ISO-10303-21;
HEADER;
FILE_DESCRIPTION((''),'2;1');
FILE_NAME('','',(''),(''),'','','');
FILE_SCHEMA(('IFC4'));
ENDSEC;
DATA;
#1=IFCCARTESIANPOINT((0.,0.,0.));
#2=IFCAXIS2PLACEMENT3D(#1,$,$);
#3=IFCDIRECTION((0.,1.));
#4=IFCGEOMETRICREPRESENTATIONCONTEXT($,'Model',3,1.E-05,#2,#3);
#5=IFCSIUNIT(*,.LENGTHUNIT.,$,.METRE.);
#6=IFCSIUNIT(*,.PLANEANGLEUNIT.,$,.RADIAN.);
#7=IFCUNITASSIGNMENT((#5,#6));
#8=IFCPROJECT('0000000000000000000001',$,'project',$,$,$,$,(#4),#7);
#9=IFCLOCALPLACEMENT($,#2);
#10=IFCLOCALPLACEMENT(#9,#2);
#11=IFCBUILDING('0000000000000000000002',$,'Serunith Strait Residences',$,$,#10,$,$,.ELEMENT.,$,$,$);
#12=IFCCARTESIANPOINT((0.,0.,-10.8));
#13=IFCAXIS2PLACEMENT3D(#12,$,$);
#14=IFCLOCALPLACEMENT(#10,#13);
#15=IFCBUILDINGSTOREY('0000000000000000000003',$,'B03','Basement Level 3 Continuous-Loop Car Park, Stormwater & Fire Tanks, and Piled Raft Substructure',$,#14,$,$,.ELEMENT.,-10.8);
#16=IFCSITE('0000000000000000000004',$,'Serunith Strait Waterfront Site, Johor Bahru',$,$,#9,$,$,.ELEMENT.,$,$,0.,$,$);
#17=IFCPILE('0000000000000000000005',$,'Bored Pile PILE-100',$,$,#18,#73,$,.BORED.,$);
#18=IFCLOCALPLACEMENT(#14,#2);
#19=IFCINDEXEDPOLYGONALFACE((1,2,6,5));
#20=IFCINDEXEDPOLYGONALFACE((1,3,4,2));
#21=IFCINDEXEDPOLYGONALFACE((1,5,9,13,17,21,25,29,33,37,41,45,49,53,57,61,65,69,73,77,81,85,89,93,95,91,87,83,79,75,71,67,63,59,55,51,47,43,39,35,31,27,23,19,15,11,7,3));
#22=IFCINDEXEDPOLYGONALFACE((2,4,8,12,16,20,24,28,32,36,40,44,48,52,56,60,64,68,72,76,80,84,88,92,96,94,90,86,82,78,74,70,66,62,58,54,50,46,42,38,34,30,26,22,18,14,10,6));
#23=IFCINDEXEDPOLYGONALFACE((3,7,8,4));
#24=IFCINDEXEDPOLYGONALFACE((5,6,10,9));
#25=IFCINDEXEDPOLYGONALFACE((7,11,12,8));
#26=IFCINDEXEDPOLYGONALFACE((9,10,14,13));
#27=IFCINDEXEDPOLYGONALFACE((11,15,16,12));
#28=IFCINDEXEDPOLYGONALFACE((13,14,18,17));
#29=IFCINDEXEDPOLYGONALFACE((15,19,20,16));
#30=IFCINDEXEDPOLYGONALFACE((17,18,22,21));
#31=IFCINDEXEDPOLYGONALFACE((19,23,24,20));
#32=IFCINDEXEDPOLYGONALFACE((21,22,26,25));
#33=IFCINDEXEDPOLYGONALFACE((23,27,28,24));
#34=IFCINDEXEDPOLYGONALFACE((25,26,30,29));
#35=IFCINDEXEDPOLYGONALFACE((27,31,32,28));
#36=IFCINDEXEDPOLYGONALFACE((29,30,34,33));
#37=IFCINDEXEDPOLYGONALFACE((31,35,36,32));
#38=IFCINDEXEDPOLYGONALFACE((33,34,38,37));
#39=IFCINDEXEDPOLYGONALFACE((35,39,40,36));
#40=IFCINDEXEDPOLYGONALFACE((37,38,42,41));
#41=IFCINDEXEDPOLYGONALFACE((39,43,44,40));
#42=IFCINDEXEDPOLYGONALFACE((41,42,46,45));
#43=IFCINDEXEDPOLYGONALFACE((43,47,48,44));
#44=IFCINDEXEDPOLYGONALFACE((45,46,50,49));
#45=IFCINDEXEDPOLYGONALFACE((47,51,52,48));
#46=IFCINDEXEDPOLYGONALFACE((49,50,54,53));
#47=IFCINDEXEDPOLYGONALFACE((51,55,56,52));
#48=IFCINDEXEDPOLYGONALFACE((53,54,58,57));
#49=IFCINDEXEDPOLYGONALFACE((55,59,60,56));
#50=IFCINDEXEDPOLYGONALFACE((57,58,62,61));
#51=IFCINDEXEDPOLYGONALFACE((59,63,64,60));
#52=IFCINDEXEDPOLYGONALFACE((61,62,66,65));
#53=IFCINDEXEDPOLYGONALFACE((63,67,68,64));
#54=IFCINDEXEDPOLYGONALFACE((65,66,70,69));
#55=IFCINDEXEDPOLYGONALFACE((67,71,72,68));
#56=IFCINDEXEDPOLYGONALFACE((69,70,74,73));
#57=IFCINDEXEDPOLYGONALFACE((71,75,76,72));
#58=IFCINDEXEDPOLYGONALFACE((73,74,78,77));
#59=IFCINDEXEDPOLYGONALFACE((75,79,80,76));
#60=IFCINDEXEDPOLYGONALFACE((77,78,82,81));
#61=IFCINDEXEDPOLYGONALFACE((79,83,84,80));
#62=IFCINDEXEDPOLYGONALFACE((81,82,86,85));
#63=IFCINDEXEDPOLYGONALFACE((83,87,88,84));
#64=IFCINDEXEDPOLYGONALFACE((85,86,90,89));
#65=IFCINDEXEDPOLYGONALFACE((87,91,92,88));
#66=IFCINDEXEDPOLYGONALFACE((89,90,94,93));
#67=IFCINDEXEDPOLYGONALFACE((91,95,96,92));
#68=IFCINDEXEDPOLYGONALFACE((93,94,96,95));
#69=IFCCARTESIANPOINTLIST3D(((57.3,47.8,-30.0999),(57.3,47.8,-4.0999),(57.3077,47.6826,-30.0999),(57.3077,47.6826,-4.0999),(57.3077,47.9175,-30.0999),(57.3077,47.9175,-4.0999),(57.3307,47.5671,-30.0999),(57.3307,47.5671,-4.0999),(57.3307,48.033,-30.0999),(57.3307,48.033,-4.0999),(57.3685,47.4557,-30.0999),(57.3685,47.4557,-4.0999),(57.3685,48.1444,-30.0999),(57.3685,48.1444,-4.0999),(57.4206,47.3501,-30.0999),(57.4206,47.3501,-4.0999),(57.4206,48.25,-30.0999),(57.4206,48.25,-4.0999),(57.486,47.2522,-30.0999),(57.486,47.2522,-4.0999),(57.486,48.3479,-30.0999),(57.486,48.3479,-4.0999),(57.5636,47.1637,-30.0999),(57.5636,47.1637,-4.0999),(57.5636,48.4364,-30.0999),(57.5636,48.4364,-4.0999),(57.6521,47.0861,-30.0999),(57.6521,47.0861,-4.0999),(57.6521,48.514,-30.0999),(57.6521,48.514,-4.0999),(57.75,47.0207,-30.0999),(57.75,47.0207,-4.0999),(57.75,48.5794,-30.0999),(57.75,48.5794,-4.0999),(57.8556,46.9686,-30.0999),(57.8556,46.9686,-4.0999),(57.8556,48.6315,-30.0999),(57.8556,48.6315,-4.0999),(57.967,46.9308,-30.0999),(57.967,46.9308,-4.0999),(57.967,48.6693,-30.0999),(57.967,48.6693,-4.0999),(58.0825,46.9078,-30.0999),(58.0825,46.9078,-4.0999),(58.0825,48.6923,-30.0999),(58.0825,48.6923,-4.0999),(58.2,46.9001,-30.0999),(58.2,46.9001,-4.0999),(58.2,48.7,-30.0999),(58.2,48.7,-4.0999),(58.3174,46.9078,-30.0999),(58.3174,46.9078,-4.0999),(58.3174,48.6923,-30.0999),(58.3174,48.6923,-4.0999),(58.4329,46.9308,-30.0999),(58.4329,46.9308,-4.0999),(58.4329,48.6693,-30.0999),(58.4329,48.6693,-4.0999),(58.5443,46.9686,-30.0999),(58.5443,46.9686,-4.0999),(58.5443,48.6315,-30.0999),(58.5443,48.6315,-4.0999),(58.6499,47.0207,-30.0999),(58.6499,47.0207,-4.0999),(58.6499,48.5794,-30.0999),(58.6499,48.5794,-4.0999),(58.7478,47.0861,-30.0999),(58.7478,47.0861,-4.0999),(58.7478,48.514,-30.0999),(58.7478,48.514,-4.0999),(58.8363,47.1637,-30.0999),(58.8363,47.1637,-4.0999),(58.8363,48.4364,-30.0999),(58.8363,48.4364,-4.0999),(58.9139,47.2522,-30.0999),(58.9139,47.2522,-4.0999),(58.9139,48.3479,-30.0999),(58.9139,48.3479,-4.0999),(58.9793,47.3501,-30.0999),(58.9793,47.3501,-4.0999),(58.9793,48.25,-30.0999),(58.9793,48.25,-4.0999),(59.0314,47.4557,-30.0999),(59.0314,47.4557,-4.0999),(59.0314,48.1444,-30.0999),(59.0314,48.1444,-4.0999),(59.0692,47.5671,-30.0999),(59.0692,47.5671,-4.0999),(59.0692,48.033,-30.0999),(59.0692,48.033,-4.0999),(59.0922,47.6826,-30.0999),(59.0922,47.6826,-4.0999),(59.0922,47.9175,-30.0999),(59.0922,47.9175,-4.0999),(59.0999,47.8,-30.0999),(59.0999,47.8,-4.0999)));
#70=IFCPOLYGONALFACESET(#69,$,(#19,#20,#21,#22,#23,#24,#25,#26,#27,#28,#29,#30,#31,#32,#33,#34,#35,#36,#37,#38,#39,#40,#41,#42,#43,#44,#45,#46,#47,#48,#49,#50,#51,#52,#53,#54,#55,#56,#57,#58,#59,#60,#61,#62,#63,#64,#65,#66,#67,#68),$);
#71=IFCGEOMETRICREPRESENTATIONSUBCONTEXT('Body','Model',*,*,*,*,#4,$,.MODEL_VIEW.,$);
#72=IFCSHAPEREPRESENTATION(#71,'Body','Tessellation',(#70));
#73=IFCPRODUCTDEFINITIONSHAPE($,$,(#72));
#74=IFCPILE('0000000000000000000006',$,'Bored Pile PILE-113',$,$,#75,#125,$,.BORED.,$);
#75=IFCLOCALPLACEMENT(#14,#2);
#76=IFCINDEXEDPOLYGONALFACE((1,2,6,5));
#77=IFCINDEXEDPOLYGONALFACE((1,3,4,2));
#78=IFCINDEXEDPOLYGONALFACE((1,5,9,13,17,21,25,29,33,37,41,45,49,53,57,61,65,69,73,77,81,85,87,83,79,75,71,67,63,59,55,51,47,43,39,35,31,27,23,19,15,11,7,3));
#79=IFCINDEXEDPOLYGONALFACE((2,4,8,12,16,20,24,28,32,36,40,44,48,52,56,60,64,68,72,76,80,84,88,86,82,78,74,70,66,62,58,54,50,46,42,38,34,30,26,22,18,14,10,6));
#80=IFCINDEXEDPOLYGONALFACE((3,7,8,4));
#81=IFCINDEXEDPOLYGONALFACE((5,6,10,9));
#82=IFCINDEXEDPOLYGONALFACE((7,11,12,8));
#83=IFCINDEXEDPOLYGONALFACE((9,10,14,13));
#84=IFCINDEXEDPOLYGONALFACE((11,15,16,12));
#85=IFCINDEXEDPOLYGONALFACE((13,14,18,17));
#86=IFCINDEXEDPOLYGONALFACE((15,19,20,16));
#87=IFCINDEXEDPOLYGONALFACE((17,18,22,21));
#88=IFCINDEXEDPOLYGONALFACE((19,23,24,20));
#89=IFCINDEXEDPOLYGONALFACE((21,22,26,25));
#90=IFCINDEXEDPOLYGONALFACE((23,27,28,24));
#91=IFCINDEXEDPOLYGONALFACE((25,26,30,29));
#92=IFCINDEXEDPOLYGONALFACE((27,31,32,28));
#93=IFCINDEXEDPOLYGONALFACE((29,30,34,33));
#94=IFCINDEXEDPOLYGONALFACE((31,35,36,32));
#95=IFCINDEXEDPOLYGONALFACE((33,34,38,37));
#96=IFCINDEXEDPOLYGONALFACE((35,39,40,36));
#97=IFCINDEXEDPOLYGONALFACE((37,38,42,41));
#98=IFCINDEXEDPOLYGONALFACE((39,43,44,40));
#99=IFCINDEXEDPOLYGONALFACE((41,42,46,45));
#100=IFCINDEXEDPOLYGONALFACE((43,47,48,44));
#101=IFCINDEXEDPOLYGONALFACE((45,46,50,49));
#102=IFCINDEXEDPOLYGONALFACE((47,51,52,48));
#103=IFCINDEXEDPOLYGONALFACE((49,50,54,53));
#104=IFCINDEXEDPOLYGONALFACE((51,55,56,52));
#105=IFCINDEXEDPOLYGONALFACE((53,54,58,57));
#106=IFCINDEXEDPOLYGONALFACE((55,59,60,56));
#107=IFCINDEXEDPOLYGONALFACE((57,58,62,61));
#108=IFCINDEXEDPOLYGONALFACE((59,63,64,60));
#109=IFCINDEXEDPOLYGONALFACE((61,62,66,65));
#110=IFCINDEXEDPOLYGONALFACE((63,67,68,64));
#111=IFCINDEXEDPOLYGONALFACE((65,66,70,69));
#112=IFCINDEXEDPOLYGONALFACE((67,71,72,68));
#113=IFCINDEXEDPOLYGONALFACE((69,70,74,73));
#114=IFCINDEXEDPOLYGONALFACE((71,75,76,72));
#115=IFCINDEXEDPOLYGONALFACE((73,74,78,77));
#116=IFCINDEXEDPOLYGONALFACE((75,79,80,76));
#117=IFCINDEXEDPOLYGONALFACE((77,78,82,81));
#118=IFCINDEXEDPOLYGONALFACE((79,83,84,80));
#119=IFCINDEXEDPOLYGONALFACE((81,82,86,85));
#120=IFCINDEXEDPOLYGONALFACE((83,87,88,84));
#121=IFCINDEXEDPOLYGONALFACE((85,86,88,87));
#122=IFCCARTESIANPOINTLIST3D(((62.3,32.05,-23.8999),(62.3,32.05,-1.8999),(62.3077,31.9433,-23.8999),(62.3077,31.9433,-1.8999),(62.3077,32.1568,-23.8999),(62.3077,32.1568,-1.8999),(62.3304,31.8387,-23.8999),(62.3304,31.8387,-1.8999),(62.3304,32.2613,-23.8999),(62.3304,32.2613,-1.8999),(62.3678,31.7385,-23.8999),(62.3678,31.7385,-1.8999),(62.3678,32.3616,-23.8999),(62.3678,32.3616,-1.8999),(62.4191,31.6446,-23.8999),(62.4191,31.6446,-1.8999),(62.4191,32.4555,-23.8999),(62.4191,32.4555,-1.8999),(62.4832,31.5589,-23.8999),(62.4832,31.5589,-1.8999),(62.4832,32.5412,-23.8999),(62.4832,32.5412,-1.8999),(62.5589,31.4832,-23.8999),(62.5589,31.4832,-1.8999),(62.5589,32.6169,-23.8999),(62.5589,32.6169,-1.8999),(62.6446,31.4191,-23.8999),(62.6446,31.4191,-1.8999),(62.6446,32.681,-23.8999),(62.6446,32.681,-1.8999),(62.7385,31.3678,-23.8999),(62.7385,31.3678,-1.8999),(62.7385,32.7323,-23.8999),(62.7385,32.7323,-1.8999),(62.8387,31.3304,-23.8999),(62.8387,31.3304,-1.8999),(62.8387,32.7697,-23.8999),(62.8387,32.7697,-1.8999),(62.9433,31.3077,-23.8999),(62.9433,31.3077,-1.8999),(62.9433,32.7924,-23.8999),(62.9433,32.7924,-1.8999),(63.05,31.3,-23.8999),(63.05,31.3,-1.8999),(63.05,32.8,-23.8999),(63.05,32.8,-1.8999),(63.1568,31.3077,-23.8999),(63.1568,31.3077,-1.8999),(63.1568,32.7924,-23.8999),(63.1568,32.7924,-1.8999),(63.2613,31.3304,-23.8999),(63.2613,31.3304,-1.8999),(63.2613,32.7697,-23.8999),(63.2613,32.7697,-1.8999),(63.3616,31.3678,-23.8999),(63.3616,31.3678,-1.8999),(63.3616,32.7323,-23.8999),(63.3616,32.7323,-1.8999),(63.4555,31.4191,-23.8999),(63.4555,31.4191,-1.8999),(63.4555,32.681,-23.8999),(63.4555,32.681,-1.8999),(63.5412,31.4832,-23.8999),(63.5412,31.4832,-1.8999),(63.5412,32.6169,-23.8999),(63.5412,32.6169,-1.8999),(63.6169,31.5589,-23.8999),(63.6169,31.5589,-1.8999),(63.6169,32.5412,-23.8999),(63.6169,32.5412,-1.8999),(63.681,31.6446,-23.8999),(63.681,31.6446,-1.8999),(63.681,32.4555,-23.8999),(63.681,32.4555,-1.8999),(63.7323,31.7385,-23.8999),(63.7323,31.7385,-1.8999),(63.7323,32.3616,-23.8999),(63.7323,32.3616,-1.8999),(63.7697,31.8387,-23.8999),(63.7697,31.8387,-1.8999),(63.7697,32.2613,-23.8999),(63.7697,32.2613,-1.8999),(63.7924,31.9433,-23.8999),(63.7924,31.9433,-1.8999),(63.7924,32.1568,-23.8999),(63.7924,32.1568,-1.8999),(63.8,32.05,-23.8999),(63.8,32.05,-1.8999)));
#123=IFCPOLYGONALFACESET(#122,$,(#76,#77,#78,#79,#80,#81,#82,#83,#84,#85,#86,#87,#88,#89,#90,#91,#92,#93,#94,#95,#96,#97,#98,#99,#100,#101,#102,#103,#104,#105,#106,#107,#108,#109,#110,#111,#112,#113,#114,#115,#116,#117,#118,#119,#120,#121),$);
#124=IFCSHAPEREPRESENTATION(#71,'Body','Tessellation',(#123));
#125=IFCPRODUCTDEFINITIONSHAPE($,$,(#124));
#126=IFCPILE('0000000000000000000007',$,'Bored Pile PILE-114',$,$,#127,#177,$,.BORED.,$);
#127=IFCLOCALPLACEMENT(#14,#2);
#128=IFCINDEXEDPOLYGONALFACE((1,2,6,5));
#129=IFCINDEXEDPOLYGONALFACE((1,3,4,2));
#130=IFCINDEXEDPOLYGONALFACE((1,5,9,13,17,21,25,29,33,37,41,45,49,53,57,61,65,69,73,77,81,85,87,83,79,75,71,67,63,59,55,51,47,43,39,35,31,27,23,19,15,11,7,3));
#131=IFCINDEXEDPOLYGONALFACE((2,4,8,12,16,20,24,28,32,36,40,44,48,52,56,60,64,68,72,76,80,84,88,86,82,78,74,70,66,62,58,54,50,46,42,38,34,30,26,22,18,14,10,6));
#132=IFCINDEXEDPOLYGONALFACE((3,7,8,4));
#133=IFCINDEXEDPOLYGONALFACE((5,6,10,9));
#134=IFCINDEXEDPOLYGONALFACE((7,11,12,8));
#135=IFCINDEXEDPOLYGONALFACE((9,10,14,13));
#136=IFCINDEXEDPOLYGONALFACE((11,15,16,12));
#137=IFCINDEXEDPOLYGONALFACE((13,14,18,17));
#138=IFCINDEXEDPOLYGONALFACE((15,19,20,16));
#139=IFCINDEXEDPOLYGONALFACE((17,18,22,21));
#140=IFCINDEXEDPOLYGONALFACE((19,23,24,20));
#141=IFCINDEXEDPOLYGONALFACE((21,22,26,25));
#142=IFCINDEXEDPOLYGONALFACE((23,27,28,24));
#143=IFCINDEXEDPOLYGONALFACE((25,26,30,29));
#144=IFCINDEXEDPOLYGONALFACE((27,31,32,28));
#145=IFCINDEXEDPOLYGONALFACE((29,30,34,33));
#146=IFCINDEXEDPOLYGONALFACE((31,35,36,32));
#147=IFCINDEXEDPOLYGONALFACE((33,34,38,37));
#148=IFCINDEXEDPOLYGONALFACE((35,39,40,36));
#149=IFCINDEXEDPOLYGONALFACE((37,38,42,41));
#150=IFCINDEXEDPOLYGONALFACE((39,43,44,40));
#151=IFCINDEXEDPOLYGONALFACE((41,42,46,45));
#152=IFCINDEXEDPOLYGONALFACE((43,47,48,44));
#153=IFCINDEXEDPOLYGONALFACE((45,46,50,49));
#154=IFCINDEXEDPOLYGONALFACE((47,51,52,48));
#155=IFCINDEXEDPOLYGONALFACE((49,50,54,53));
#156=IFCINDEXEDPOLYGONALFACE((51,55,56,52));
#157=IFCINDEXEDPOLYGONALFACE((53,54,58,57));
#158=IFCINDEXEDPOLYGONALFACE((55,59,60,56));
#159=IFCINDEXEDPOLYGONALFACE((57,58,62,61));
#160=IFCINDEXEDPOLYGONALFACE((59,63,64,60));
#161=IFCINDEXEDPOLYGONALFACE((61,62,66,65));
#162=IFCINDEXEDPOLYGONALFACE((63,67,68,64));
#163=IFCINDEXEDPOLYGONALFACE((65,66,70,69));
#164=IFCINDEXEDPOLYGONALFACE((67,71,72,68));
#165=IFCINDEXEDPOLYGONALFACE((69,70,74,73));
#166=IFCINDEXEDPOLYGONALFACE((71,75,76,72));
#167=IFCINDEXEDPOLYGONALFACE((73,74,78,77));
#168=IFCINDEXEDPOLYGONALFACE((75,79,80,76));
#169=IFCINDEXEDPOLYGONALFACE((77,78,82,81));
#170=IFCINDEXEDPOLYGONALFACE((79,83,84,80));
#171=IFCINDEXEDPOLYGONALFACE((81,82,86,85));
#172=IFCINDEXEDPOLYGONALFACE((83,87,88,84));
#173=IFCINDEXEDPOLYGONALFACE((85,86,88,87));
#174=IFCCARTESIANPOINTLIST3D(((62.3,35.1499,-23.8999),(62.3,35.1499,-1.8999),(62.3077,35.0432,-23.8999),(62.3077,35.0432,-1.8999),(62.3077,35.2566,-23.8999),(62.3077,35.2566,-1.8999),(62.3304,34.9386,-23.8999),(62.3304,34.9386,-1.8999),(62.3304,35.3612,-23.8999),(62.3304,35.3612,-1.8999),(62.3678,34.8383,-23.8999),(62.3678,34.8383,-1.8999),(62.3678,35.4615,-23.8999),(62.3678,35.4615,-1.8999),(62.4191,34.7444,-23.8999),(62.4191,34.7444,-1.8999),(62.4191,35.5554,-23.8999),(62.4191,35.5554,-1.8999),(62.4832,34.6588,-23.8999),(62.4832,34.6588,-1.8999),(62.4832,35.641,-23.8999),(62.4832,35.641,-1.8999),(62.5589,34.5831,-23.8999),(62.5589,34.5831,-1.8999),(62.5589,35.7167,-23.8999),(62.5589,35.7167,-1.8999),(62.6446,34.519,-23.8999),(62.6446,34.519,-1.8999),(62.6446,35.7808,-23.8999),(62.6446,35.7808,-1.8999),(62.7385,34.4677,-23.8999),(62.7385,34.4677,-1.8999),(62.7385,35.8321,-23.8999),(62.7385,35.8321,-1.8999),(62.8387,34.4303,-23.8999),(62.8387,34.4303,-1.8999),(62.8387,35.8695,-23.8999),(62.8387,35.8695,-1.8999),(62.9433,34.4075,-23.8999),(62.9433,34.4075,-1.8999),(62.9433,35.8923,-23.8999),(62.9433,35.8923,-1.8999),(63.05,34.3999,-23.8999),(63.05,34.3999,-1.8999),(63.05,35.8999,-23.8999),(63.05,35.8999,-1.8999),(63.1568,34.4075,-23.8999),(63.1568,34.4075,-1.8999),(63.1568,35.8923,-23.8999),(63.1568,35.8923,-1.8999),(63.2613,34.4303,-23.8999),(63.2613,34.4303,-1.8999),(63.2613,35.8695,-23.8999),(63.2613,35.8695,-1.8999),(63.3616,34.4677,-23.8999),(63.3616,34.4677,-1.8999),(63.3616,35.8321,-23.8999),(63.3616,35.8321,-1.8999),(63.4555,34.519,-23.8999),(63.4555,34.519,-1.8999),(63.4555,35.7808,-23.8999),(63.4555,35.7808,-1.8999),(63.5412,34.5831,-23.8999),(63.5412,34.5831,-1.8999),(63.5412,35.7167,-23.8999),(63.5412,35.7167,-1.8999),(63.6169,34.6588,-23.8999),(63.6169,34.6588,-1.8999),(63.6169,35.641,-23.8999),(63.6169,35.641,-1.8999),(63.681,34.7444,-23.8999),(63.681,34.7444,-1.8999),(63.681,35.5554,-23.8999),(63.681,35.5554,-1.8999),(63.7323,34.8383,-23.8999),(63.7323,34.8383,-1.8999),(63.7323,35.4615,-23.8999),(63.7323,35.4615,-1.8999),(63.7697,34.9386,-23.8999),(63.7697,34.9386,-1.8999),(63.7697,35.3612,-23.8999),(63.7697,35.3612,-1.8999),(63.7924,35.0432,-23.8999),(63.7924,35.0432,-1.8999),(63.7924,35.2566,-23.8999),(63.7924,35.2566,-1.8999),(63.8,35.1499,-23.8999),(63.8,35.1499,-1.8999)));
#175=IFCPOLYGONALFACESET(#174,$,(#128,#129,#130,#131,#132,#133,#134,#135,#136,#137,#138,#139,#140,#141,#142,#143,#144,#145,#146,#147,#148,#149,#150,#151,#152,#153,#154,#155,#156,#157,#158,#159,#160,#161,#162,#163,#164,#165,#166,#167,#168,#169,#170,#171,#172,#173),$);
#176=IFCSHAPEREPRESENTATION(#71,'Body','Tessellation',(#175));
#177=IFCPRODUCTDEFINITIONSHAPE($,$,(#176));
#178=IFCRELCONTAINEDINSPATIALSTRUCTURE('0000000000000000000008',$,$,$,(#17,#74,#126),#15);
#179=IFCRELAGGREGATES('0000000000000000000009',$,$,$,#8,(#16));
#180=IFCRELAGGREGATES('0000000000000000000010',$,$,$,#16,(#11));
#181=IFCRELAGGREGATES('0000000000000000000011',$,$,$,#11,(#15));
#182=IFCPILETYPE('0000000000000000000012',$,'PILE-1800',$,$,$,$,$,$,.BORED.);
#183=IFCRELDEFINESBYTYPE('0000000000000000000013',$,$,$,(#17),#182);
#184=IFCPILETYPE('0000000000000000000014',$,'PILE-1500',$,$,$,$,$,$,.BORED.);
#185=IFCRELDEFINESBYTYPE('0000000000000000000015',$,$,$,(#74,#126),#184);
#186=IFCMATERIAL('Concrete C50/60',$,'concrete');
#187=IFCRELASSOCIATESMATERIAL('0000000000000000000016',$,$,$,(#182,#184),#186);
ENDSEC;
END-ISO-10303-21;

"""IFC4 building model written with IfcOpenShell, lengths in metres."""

from ifc_helpers import new_model, si_unit, direction, frame, origin, origin_2d, place, context, subcontext, project, spatial, circle, extrude, source, transform, mapped, material, material_profile, profile_set, type_object, element, save


model = new_model("IFC4")

# Units and contexts
model_context = context("Model", 3, precision=1e-05, world=origin(), true_north=direction((0.0, 1.0)))
body_context = subcontext(model_context, "Body", "Model", "MODEL_VIEW")
ifc_project = project(units=[si_unit("LENGTHUNIT", "METRE"), si_unit("PLANEANGLEUNIT", "RADIAN")], contexts=[model_context])

# Site, building, storey
site_placement = place(None, origin())
site = spatial("IfcSite", under=ifc_project, at=site_placement, Name="Serunith Strait Waterfront Site, Johor Bahru", CompositionType="ELEMENT", RefElevation=0.0)
building_placement = place(site_placement, origin())
building = spatial("IfcBuilding", under=site, at=building_placement, Name="Serunith Strait Residences", CompositionType="ELEMENT")
storey_placement = place(building_placement, frame((0.0, 0.0, -10.8)))
storey = spatial("IfcBuildingStorey", under=building, at=storey_placement, Name="B03", Description="Basement Level 3 Continuous-Loop Car Park, Stormwater & Fire Tanks, and Piled Raft Substructure", CompositionType="ELEMENT", Elevation=-10.8)

# Shared definitions
ifc_material_1 = material(Name="Concrete C50/60", Category="concrete")

# Piles
ifc_material_profile_1 = material_profile(ifc_material_1, circle(Radius=0.8999, at=origin_2d()), Name="PILE D1800")
ifc_profile_set_1 = profile_set([ifc_material_profile_1], Name="Concrete C50/60")
pile_type_1 = type_object("IfcPileType", Name="PILE-1800", PredefinedType="BORED", material=ifc_profile_set_1)
shared_shape_1 = source(origin(), body_context, "Body", "SweptSolid", [
    extrude(circle(Radius=0.8999, at=origin_2d()), origin(), (0.0, 0.0, 1.0), 26.0),
])
for number, where, z_axis, x_axis, name in (
    (1, (58.2, 47.8, -4.0999), (0.0, 0.0, -1.0), (1.0, 0.0, 0.0), "Bored Pile PILE-100"),
):
    element("IfcPile", number, at=place(storey_placement, frame(where, z_axis=z_axis, x_axis=x_axis)), inside=storey, type_object=pile_type_1, Name=name, PredefinedType="BORED", context=body_context, shape_type="MappedRepresentation", body=[
        mapped(shared_shape_1, transform((0.0, 0.0, 0.0), scale=1.0)),
    ])
ifc_material_profile_2 = material_profile(ifc_material_1, circle(Radius=0.75, at=origin_2d()), Name="PILE D1500")
ifc_profile_set_2 = profile_set([ifc_material_profile_2], Name="Concrete C50/60")
pile_type_2 = type_object("IfcPileType", Name="PILE-1500", PredefinedType="BORED", material=ifc_profile_set_2)
shared_shape_2 = source(origin(), body_context, "Body", "SweptSolid", [
    extrude(circle(Radius=0.75, at=origin_2d()), origin(), (0.0, 0.0, 1.0), 22.0),
])
for number, where, z_axis, x_axis, name in (
    (2, (63.05, 32.05, -1.8999), (0.0, 0.0, -1.0), (1.0, 0.0, 0.0), "Bored Pile PILE-113"),
    (3, (63.05, 35.1499, -1.8999), (0.0, 0.0, -1.0), (1.0, 0.0, 0.0), "Bored Pile PILE-114"),
):
    element("IfcPile", number, at=place(storey_placement, frame(where, z_axis=z_axis, x_axis=x_axis)), inside=storey, type_object=pile_type_2, Name=name, PredefinedType="BORED", context=body_context, shape_type="MappedRepresentation", body=[
        mapped(shared_shape_2, transform((0.0, 0.0, 0.0), scale=1.0)),
    ])

save(model, "model.ifc")
